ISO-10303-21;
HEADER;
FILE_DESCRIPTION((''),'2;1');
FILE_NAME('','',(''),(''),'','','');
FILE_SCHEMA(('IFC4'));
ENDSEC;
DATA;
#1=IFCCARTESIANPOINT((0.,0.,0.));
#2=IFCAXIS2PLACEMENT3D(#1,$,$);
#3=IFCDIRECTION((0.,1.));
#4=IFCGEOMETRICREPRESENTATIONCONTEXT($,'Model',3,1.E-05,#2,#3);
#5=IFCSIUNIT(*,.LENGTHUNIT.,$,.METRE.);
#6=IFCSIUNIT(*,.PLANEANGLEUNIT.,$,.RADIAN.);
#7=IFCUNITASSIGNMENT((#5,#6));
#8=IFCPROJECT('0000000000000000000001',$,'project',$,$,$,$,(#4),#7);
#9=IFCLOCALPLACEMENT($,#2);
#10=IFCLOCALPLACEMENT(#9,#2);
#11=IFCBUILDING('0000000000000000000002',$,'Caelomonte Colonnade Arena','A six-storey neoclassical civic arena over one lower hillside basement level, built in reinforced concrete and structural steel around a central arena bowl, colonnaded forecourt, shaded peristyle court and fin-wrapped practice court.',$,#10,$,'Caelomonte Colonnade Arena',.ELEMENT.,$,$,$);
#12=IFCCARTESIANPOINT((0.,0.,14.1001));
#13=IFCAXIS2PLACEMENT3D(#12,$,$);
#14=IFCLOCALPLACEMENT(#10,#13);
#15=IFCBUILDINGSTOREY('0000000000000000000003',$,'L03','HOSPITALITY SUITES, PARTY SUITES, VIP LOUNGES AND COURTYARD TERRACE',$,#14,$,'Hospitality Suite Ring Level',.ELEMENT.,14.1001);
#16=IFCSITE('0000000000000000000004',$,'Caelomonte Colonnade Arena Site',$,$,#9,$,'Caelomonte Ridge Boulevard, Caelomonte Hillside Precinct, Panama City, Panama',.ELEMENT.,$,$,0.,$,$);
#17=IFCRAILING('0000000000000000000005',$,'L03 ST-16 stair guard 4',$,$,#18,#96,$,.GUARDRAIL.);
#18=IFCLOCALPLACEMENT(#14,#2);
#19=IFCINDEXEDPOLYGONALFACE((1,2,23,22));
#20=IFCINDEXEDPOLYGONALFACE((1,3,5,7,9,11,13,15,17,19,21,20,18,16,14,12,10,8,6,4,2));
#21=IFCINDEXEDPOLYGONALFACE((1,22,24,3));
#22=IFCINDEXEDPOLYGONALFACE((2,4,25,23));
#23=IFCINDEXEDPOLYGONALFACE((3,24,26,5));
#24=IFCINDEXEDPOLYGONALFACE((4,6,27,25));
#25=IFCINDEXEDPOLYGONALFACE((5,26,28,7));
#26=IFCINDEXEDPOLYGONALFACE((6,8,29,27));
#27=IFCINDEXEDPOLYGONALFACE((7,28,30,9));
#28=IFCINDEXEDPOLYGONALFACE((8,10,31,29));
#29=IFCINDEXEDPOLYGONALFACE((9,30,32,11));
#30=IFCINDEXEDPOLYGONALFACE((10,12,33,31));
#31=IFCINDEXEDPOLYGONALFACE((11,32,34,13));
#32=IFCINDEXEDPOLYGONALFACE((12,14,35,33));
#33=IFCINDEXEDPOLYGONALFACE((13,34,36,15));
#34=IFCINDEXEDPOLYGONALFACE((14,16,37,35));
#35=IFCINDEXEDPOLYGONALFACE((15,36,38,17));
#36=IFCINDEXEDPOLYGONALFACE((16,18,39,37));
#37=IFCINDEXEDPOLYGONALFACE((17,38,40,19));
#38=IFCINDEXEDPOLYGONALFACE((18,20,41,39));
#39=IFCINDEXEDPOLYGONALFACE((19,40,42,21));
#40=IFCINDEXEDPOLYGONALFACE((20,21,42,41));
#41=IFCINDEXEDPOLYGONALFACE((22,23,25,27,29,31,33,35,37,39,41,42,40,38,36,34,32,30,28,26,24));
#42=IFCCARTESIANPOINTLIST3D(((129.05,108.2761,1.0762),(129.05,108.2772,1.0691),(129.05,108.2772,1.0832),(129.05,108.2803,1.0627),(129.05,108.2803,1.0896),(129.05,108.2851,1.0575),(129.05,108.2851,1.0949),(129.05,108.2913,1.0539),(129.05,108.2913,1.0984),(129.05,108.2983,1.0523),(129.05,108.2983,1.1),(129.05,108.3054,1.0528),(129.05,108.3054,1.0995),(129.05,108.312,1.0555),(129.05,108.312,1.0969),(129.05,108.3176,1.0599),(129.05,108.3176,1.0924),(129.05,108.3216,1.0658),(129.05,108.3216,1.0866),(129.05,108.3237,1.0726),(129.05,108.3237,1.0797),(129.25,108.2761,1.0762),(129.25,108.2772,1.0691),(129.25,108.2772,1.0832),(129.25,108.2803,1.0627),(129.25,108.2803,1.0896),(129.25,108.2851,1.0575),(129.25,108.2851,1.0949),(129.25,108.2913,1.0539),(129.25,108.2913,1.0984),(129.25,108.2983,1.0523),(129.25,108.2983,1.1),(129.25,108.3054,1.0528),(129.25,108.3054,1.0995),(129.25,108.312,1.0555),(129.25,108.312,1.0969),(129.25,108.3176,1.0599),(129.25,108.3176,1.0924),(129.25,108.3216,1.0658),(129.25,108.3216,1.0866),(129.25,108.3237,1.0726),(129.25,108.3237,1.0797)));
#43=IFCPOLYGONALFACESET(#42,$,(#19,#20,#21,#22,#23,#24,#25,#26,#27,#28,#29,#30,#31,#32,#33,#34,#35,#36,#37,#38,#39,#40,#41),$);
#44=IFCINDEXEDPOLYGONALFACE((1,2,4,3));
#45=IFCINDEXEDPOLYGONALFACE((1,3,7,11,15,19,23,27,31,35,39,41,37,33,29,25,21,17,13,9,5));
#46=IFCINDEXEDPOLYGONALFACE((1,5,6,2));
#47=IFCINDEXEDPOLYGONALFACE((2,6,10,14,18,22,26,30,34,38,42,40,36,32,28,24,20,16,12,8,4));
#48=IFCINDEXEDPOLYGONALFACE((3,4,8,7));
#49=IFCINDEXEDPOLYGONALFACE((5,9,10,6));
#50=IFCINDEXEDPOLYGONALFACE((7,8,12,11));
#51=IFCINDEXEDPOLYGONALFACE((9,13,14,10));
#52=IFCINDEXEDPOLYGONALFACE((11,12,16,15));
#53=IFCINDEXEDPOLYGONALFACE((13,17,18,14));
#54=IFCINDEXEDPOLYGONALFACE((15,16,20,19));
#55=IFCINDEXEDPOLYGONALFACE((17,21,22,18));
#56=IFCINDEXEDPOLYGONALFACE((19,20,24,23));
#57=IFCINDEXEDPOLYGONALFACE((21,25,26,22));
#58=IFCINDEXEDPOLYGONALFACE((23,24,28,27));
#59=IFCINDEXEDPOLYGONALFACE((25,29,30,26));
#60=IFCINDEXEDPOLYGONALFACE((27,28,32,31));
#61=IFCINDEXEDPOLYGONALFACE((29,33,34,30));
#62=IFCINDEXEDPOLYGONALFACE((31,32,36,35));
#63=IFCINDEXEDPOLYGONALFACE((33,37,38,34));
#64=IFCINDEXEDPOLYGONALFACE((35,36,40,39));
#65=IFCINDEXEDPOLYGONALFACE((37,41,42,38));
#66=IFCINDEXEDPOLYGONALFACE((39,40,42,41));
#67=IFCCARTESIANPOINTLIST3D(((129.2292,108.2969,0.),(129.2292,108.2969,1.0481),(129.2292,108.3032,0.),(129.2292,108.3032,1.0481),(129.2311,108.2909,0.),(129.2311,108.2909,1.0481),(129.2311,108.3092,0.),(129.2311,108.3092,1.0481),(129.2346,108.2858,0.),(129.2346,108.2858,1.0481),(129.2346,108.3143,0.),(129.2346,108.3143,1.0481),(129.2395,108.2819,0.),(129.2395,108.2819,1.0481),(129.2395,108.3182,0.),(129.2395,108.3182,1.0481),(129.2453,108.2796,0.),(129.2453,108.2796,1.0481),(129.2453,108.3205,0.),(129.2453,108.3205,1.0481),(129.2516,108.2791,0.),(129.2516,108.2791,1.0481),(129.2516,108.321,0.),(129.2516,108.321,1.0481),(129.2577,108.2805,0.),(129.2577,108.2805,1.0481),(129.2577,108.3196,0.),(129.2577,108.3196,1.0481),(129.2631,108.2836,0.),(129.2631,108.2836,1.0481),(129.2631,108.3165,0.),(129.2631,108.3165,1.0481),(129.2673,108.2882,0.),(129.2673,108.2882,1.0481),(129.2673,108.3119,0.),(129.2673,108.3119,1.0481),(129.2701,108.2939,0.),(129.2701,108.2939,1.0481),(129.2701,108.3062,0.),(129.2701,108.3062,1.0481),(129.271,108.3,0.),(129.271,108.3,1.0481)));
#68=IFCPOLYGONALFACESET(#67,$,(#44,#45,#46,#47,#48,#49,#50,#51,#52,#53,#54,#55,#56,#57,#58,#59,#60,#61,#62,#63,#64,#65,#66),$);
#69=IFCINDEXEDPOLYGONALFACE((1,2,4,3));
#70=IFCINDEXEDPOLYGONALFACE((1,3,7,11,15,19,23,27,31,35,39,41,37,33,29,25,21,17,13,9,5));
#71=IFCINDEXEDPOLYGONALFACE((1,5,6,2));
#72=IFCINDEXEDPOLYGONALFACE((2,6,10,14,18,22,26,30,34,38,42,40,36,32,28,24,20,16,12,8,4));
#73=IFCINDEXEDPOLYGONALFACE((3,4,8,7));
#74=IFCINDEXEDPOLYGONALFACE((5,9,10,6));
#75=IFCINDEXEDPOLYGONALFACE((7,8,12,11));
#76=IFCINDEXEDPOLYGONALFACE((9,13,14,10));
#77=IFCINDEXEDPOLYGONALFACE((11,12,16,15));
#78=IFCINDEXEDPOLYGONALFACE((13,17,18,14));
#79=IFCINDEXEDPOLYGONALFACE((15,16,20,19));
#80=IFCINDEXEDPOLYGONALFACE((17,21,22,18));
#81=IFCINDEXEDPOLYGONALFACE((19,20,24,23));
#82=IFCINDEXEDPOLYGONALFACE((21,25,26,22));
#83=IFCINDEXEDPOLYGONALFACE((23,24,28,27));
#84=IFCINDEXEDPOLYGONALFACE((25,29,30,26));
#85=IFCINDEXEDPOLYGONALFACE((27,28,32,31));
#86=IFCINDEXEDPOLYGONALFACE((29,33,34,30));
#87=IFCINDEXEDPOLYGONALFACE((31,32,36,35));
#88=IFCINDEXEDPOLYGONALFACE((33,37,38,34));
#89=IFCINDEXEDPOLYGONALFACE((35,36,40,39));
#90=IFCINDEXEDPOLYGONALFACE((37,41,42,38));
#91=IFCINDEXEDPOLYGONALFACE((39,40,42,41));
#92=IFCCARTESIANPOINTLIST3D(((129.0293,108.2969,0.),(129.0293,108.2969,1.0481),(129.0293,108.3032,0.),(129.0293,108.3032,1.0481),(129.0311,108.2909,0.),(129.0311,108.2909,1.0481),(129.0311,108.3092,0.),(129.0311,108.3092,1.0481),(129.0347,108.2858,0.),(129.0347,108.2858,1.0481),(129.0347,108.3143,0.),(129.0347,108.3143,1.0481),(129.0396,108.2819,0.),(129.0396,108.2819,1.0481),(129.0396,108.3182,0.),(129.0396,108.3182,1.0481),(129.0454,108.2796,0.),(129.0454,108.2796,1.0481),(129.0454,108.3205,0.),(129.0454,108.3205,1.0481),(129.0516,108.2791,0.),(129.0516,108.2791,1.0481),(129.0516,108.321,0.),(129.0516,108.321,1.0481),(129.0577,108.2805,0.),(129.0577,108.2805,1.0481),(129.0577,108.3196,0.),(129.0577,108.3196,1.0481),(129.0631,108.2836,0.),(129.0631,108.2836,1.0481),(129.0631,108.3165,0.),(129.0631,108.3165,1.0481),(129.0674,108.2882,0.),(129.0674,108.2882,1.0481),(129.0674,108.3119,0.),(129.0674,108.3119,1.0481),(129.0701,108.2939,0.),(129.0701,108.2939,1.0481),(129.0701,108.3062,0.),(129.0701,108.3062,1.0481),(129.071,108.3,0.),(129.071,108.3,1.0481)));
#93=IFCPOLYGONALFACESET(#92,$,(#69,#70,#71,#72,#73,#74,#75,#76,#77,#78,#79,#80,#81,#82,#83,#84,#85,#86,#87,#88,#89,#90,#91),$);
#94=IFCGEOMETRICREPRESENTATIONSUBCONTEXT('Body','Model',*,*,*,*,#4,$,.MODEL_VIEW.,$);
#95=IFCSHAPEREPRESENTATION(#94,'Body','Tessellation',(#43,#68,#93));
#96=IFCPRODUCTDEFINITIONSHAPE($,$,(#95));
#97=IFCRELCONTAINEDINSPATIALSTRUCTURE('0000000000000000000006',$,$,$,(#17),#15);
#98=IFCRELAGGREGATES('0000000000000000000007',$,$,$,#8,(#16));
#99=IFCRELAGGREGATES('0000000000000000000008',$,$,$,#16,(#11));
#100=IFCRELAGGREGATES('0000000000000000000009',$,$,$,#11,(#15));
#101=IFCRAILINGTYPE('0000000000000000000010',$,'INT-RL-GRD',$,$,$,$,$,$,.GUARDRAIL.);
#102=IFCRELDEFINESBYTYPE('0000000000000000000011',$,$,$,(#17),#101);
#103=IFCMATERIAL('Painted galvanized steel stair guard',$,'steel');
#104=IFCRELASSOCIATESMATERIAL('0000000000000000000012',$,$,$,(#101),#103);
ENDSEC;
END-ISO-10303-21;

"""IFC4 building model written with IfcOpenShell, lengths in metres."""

from ifc_helpers import new_model, si_unit, direction, frame, origin, origin_2d, place, context, subcontext, project, spatial, circle, extrude, material, type_object, element, save


model = new_model("IFC4")

# Units and contexts
model_context = context("Model", 3, precision=1e-05, world=origin(), true_north=direction((0.0, 1.0)))
body_context = subcontext(model_context, "Body", "Model", "MODEL_VIEW")
ifc_project = project(units=[si_unit("LENGTHUNIT", "METRE"), si_unit("PLANEANGLEUNIT", "RADIAN")], contexts=[model_context])

# Site, building, storey
site_placement = place(None, origin())
site = spatial("IfcSite", under=ifc_project, at=site_placement, Name="Caelomonte Colonnade Arena Site", LongName="Caelomonte Ridge Boulevard, Caelomonte Hillside Precinct, Panama City, Panama", CompositionType="ELEMENT", RefElevation=0.0)
building_placement = place(site_placement, origin())
building = spatial("IfcBuilding", under=site, at=building_placement, Name="Caelomonte Colonnade Arena", Description="A six-storey neoclassical civic arena over one lower hillside basement level, built in reinforced concrete and structural steel around a central arena bowl, colonnaded forecourt, shaded peristyle court and fin-wrapped practice court.", LongName="Caelomonte Colonnade Arena", CompositionType="ELEMENT")
storey_placement = place(building_placement, frame((0.0, 0.0, 14.1001)))
storey = spatial("IfcBuildingStorey", under=building, at=storey_placement, Name="L03", Description="HOSPITALITY SUITES, PARTY SUITES, VIP LOUNGES AND COURTYARD TERRACE", LongName="Hospitality Suite Ring Level", CompositionType="ELEMENT", Elevation=14.1001)

# Railing
ifc_material_1 = material(Name="Painted galvanized steel stair guard", Category="steel")
railing_type_1 = type_object("IfcRailingType", Name="INT-RL-GRD", PredefinedType="GUARDRAIL", material=ifc_material_1)
railing_1_placement = place(storey_placement, frame((129.25, 108.3, 0.0)))
element("IfcRailing", 1, at=railing_1_placement, inside=storey, type_object=railing_type_1, Name="L03 ST-16 stair guard 4", PredefinedType="GUARDRAIL", context=body_context, shape_type="SweptSolid", body=[
    extrude(circle(Radius=0.0239, at=origin_2d()), frame((0.0, 0.0, 1.0762), z_axis=(-1.0, 0.0, 0.0), x_axis=(0.0, -1.0, 0.0)), (0.0, 0.0, 1.0), 0.2),
    extrude(circle(Radius=0.021, at=origin_2d()), origin(), (0.0, 0.0, 1.0), 1.0481),
    extrude(circle(Radius=0.021, at=origin_2d()), frame((-0.2, 0.0, 0.0)), (0.0, 0.0, 1.0), 1.0481),
])

save(model, "model.ifc")
